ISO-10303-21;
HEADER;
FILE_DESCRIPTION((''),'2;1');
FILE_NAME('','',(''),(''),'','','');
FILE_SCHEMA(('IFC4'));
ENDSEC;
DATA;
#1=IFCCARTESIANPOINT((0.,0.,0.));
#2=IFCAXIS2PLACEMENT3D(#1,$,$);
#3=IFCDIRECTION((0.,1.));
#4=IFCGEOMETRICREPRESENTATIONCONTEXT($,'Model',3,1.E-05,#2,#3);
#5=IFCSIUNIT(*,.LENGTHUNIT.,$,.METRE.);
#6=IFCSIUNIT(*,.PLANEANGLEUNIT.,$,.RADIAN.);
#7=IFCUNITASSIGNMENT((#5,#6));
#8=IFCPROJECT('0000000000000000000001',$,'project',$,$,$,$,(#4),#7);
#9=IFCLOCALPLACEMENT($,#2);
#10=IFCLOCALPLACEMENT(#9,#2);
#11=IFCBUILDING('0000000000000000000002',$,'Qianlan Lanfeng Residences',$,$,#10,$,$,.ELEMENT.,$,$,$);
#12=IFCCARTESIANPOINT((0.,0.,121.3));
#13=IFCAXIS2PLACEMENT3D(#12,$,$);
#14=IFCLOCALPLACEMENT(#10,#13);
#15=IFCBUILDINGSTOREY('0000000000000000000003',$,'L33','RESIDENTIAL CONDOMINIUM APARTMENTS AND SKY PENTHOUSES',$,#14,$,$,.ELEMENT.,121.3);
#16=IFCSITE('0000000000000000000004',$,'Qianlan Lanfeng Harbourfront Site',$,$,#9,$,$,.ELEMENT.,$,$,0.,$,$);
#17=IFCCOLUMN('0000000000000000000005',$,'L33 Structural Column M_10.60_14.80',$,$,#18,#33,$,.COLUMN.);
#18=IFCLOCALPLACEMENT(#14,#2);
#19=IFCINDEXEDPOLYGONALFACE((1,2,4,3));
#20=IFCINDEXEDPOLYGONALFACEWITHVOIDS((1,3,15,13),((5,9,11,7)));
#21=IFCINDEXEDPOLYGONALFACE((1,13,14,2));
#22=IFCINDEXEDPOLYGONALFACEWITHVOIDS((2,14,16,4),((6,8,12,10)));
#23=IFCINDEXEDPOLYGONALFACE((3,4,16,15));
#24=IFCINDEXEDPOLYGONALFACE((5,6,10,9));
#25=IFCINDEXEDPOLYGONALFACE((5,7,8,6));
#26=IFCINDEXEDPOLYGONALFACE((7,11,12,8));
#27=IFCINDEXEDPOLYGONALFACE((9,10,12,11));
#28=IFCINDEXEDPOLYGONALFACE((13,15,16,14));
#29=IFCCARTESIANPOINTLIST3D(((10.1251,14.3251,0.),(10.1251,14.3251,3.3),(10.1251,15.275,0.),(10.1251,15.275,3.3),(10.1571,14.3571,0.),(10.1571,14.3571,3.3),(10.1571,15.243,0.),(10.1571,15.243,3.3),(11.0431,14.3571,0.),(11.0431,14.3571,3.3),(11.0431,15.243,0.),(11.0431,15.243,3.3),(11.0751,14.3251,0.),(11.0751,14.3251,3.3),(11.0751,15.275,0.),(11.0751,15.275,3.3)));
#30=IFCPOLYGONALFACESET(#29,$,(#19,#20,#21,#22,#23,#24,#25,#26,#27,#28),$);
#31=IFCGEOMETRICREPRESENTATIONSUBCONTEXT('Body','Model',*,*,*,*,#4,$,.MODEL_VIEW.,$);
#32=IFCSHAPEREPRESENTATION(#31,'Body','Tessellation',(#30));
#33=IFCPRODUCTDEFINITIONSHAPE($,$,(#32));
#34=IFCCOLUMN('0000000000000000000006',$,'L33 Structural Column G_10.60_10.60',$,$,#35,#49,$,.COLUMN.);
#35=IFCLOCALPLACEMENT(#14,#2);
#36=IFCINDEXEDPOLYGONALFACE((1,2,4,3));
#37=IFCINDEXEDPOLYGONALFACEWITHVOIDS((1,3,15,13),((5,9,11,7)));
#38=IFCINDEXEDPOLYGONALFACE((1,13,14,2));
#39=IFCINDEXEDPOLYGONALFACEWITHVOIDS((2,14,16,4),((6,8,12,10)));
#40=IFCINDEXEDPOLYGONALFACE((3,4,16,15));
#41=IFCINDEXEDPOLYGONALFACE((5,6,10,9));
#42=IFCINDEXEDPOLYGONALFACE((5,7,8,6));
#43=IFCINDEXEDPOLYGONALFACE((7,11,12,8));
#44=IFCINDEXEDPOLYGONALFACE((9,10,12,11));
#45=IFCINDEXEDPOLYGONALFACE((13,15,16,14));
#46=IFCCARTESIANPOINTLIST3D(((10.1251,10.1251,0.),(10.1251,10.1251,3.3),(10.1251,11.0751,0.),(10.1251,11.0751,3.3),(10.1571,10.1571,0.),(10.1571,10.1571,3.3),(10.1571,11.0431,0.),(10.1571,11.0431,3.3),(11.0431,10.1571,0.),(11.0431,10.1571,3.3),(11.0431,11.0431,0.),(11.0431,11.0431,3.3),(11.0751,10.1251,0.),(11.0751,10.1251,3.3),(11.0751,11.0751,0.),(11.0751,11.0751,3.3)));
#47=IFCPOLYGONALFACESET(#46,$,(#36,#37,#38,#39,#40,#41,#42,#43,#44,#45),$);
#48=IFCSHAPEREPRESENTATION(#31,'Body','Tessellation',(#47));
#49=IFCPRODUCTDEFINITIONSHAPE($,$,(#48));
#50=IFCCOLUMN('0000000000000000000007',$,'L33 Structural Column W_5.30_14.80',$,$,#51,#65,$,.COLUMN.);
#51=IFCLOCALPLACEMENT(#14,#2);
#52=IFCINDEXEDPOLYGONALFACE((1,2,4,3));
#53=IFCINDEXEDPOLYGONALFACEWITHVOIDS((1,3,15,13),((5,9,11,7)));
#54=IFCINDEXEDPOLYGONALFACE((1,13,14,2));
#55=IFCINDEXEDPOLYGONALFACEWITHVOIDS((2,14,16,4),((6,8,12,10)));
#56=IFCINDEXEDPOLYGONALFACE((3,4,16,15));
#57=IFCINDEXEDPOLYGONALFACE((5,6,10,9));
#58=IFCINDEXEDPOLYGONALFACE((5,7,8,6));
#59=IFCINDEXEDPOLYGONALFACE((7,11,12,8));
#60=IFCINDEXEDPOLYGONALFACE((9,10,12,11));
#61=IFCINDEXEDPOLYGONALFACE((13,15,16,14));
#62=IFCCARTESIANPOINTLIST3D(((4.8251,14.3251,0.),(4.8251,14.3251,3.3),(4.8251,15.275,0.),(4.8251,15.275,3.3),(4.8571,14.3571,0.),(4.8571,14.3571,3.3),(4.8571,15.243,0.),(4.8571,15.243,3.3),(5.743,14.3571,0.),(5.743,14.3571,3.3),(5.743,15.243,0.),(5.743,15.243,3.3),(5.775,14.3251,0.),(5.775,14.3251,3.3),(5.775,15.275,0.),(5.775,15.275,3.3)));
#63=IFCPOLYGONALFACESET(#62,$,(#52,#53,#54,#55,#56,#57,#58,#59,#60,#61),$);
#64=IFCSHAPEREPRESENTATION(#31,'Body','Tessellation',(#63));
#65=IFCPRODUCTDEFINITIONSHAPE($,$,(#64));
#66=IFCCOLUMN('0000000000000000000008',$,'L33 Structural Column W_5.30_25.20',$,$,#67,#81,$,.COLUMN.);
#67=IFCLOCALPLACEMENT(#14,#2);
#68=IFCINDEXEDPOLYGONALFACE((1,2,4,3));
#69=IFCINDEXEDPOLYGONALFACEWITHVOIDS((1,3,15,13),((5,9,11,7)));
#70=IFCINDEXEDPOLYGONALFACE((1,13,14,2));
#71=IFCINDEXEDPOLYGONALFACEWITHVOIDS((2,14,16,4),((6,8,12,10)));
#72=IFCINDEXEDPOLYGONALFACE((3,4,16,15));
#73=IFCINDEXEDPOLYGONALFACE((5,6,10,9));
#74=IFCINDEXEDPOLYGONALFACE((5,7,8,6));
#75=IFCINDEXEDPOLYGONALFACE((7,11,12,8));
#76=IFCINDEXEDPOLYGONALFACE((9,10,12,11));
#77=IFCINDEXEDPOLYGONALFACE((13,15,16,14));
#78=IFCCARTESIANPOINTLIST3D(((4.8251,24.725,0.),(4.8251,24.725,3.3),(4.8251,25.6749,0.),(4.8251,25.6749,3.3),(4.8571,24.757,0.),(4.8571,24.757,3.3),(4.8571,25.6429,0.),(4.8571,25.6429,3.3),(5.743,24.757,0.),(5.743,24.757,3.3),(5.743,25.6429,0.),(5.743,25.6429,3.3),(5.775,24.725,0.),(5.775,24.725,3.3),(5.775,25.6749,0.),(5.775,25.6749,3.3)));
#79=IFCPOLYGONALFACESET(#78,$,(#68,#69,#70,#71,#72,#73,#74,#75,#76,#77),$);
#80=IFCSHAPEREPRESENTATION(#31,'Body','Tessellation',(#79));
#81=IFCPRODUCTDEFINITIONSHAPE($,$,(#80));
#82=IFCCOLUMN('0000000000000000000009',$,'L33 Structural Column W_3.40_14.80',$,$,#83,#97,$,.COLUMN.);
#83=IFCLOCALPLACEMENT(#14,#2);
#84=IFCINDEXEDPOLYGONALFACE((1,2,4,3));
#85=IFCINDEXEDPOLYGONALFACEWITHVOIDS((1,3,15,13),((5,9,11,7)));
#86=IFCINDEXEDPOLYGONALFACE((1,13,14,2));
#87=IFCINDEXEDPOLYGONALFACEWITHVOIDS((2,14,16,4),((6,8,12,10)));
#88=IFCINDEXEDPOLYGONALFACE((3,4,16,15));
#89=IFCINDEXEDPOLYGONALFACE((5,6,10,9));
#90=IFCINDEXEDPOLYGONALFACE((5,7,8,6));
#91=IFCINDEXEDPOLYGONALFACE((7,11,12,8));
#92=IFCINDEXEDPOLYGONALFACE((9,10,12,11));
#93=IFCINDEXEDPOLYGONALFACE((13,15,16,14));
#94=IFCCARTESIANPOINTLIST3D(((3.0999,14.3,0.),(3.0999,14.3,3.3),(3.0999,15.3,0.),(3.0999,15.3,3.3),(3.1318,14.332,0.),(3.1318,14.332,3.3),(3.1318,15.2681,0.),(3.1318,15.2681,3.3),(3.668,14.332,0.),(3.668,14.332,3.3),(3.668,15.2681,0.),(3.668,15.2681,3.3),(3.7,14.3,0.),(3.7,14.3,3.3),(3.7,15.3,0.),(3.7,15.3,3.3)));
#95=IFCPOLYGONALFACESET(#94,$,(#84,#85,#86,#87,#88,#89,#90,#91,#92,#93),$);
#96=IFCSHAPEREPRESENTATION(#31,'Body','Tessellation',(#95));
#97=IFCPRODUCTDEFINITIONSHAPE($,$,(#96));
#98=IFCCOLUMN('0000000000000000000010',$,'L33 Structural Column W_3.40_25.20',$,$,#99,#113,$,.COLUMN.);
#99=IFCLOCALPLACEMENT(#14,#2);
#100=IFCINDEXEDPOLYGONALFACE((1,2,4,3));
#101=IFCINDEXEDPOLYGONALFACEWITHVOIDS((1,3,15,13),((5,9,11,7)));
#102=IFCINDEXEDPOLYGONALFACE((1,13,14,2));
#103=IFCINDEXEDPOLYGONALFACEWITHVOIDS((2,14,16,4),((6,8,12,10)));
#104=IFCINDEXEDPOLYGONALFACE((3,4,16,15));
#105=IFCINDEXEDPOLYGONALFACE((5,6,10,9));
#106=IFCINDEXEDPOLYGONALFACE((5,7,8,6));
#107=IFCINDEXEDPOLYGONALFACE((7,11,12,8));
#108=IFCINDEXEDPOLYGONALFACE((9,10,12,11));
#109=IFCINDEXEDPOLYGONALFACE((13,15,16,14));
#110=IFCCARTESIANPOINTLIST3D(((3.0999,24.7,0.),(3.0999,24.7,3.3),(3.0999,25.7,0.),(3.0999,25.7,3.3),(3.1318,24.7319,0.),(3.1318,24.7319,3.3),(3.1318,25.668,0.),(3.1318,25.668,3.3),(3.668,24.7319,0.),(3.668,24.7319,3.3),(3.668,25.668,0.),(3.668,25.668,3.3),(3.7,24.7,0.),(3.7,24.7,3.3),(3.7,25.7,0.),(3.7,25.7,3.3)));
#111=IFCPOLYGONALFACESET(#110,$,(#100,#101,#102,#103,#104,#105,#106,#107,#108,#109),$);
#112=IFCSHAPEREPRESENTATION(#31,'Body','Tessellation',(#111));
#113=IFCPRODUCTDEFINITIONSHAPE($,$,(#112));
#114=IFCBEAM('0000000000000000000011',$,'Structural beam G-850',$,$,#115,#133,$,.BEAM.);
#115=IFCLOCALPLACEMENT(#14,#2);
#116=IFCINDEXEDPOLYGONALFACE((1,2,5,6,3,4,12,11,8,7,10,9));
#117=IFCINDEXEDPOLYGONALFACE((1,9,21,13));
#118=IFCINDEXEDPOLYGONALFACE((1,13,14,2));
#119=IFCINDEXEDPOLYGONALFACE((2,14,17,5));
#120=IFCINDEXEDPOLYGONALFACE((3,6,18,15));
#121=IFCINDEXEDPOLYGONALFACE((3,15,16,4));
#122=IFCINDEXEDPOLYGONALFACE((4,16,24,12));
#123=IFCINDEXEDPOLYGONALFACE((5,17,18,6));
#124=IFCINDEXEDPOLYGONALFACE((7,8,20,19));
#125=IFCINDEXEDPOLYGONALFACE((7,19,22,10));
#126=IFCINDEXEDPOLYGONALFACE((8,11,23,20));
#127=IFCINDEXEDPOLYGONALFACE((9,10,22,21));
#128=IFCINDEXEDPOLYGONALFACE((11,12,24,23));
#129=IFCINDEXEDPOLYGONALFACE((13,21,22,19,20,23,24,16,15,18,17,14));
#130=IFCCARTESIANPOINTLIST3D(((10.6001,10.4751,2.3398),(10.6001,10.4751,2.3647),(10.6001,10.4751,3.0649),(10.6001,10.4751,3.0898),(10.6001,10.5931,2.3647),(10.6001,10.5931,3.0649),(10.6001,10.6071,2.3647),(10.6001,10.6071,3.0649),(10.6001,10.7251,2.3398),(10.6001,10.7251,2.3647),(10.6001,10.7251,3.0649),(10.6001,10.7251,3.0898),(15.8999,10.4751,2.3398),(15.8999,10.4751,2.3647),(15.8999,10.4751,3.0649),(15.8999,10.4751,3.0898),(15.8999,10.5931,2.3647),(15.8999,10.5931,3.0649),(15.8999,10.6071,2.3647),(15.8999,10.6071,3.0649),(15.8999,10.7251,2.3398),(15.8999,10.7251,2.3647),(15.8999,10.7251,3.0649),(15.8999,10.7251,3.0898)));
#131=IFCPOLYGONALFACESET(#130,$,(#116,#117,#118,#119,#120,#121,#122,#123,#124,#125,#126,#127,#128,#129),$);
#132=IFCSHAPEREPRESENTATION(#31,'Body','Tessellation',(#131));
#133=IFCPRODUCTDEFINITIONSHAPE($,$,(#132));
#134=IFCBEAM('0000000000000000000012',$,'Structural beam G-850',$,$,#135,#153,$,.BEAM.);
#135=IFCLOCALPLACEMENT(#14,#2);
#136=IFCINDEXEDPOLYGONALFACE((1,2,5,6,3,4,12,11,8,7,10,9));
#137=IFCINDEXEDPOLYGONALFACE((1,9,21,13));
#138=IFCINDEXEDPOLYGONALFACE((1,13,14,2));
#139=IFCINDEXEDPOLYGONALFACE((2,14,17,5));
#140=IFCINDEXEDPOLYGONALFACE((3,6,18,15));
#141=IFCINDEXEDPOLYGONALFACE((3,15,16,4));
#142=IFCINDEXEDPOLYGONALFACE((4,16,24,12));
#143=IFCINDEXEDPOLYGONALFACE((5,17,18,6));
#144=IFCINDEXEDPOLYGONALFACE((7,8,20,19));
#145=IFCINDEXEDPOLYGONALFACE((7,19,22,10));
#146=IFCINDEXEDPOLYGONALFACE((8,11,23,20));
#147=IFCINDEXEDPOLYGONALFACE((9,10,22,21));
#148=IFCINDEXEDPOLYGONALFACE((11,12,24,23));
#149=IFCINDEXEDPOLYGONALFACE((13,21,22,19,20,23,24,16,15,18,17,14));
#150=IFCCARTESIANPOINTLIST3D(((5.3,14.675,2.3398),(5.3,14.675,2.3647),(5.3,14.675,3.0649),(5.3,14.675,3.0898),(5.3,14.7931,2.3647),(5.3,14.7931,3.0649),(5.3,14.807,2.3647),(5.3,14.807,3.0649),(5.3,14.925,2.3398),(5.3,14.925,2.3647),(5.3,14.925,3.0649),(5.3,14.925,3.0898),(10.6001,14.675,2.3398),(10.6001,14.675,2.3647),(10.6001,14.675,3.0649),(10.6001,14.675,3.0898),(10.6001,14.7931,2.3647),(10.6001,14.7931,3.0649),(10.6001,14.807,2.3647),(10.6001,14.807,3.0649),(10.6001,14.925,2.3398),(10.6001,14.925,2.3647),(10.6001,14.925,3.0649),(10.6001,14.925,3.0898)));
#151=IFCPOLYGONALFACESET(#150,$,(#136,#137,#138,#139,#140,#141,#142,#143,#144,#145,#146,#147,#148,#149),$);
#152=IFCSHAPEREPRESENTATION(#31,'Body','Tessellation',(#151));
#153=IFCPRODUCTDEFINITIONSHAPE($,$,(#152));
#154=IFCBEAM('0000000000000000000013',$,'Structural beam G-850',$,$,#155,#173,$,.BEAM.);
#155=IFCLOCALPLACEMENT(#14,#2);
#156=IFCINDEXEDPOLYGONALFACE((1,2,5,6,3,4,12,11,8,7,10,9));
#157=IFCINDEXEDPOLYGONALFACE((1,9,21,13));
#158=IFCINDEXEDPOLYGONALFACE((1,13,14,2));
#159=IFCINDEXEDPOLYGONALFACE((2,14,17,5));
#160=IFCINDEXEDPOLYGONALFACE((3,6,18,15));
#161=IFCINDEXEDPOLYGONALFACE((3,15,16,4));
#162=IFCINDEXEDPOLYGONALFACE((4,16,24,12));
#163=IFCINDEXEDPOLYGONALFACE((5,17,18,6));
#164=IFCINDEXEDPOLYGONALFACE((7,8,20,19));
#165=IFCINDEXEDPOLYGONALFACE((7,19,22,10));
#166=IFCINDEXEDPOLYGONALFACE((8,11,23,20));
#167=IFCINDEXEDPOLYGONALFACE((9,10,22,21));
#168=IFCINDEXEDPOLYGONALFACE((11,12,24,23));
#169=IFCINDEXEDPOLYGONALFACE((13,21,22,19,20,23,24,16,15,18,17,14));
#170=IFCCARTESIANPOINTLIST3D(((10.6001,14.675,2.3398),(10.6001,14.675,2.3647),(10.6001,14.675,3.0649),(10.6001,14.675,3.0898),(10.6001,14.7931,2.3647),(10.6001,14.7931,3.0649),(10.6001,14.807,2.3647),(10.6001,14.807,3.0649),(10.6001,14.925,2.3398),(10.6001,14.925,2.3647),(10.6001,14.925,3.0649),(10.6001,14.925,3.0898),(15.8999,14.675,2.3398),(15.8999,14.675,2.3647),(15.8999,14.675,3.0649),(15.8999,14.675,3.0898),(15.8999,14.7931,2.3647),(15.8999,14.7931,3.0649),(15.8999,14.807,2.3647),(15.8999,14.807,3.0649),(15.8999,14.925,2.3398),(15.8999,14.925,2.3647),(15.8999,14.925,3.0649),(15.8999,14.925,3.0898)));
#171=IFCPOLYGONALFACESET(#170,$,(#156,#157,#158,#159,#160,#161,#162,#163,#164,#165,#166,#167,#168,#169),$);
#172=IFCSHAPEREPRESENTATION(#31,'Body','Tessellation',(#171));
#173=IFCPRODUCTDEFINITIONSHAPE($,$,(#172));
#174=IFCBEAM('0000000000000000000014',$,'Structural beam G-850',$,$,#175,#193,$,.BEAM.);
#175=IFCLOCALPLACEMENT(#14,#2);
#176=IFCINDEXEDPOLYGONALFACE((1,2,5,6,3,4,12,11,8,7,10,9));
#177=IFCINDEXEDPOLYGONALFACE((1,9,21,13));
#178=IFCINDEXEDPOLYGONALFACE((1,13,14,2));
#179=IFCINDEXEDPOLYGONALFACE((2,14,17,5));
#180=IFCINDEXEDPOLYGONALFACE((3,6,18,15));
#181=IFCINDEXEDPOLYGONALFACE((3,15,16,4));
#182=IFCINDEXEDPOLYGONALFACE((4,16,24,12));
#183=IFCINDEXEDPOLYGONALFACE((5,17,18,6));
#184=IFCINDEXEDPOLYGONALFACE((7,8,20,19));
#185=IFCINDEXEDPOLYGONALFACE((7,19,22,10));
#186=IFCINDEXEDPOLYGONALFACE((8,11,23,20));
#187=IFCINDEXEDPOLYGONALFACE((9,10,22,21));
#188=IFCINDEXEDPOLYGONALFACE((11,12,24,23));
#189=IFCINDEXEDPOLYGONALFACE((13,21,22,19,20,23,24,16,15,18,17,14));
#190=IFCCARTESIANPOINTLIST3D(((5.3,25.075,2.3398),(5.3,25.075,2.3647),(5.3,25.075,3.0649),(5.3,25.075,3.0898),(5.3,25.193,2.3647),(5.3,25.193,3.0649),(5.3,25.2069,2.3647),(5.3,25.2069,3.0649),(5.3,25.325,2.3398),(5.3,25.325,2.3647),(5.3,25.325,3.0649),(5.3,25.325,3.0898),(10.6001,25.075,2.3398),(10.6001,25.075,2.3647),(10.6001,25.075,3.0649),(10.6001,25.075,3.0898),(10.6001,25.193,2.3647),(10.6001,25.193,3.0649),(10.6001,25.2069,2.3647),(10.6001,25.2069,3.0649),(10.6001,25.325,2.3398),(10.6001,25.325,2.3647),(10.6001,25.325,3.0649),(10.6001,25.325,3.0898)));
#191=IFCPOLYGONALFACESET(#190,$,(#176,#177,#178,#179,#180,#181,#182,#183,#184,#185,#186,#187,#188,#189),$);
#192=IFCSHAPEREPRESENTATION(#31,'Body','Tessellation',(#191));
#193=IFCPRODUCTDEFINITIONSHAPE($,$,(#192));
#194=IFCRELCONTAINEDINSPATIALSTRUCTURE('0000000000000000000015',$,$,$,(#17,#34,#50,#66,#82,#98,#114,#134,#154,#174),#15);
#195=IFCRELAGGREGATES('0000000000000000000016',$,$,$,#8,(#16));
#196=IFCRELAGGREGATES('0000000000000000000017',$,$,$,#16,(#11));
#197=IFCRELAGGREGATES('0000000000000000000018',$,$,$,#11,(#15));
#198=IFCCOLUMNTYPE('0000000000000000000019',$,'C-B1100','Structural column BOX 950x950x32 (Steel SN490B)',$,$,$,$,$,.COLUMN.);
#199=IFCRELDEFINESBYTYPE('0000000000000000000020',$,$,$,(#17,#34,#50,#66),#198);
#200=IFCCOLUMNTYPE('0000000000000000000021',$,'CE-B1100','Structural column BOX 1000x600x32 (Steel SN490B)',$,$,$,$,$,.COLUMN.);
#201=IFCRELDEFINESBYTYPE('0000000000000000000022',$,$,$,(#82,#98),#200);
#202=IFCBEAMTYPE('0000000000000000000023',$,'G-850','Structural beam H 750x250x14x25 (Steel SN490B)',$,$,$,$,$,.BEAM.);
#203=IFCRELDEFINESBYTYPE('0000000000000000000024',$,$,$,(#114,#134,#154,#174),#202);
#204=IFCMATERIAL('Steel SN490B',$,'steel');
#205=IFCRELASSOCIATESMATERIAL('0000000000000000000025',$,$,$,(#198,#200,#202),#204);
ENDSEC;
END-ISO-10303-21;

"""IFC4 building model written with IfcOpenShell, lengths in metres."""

from ifc_helpers import new_model, si_unit, direction, frame, origin, origin_2d, place, context, subcontext, project, spatial, hollow_rectangle, i_section, extrude, material, material_profile, profile_set, type_object, element, save


model = new_model("IFC4")

# Units and contexts
model_context = context("Model", 3, precision=1e-05, world=origin(), true_north=direction((0.0, 1.0)))
body_context = subcontext(model_context, "Body", "Model", "MODEL_VIEW")
ifc_project = project(units=[si_unit("LENGTHUNIT", "METRE"), si_unit("PLANEANGLEUNIT", "RADIAN")], contexts=[model_context])

# Site, building, storey
site_placement = place(None, origin())
site = spatial("IfcSite", under=ifc_project, at=site_placement, Name="Qianlan Lanfeng Harbourfront Site", CompositionType="ELEMENT", RefElevation=0.0)
building_placement = place(site_placement, origin())
building = spatial("IfcBuilding", under=site, at=building_placement, Name="Qianlan Lanfeng Residences", CompositionType="ELEMENT")
storey_placement = place(building_placement, frame((0.0, 0.0, 121.3)))
storey = spatial("IfcBuildingStorey", under=building, at=storey_placement, Name="L33", Description="RESIDENTIAL CONDOMINIUM APARTMENTS AND SKY PENTHOUSES", CompositionType="ELEMENT", Elevation=121.3)

# Columns
ifc_material_1 = material(Name="Steel SN490B", Category="steel")
ifc_material_profile_1 = material_profile(ifc_material_1, hollow_rectangle(XDim=0.95, YDim=0.95, WallThickness=0.032, at=origin_2d()), Name="BOX 950x950x32")
ifc_profile_set_1 = profile_set([ifc_material_profile_1], Name="Steel SN490B")
column_type_1 = type_object("IfcColumnType", Name="C-B1100", Description="Structural column BOX 950x950x32 (Steel SN490B)", PredefinedType="COLUMN", material=ifc_profile_set_1)
for number, where, z_axis, x_axis, name in (
    (1, (10.6001, 14.8, 0.0), (0.0, 0.0, 1.0), (1.0, 0.0, 0.0), "L33 Structural Column M_10.60_14.80"),
    (2, (10.6001, 10.6001, 0.0), (0.0, 0.0, 1.0), (1.0, 0.0, 0.0), "L33 Structural Column G_10.60_10.60"),
    (3, (5.3, 14.8, 0.0), (0.0, 0.0, 1.0), (1.0, 0.0, 0.0), "L33 Structural Column W_5.30_14.80"),
    (4, (5.3, 25.2, 0.0), (0.0, 0.0, 1.0), (1.0, 0.0, 0.0), "L33 Structural Column W_5.30_25.20"),
):
    element("IfcColumn", number, at=place(storey_placement, frame(where, z_axis=z_axis, x_axis=x_axis)), inside=storey, type_object=column_type_1, Name=name, PredefinedType="COLUMN", context=body_context, shape_type="SweptSolid", body=[
        extrude(hollow_rectangle(XDim=0.95, YDim=0.95, WallThickness=0.032, at=origin_2d()), origin(), (0.0, 0.0, 1.0), 3.3),
    ])
ifc_material_profile_2 = material_profile(ifc_material_1, hollow_rectangle(XDim=0.6001, YDim=1.0, WallThickness=0.032, at=origin_2d()), Name="BOX 1000x600x32")
ifc_profile_set_2 = profile_set([ifc_material_profile_2], Name="Steel SN490B")
column_type_2 = type_object("IfcColumnType", Name="CE-B1100", Description="Structural column BOX 1000x600x32 (Steel SN490B)", PredefinedType="COLUMN", material=ifc_profile_set_2)
for number, where, z_axis, x_axis, name in (
    (5, (3.3999, 14.8, 0.0), (0.0, 0.0, 1.0), (1.0, 0.0, 0.0), "L33 Structural Column W_3.40_14.80"),
    (6, (3.3999, 25.2, 0.0), (0.0, 0.0, 1.0), (1.0, 0.0, 0.0), "L33 Structural Column W_3.40_25.20"),
):
    element("IfcColumn", number, at=place(storey_placement, frame(where, z_axis=z_axis, x_axis=x_axis)), inside=storey, type_object=column_type_2, Name=name, PredefinedType="COLUMN", context=body_context, shape_type="SweptSolid", body=[
        extrude(hollow_rectangle(XDim=0.6001, YDim=1.0, WallThickness=0.032, at=origin_2d()), origin(), (0.0, 0.0, 1.0), 3.3),
    ])

# Beams
ifc_material_profile_3 = material_profile(ifc_material_1, i_section(OverallWidth=0.25, OverallDepth=0.75, WebThickness=0.0139, FlangeThickness=0.0249, at=origin_2d()), Name="H 750x250x14x25")
ifc_profile_set_3 = profile_set([ifc_material_profile_3], Name="Steel SN490B")
beam_type_1 = type_object("IfcBeamType", Name="G-850", Description="Structural beam H 750x250x14x25 (Steel SN490B)", PredefinedType="BEAM", material=ifc_profile_set_3)
beam_1_placement = place(storey_placement, frame((10.6001, 10.6001, 2.7148), z_axis=(1.0, 0.0, 0.0), x_axis=(0.0, 1.0, 0.0)))
element("IfcBeam", 7, at=beam_1_placement, inside=storey, type_object=beam_type_1, Name="Structural beam G-850", PredefinedType="BEAM", context=body_context, shape_type="SweptSolid", body=[
    extrude(i_section(OverallWidth=0.25, OverallDepth=0.75, WebThickness=0.0139, FlangeThickness=0.0249, at=origin_2d()), origin(), (0.0, 0.0, 1.0), 5.2998),
])
beam_2_placement = place(storey_placement, frame((5.3, 14.8, 2.7148), z_axis=(1.0, 0.0, 0.0), x_axis=(0.0, 1.0, 0.0)))
element("IfcBeam", 8, at=beam_2_placement, inside=storey, type_object=beam_type_1, Name="Structural beam G-850", PredefinedType="BEAM", context=body_context, shape_type="SweptSolid", body=[
    extrude(i_section(OverallWidth=0.25, OverallDepth=0.75, WebThickness=0.0139, FlangeThickness=0.0249, at=origin_2d()), origin(), (0.0, 0.0, 1.0), 5.3),
])
beam_3_placement = place(storey_placement, frame((10.6001, 14.8, 2.7148), z_axis=(1.0, 0.0, 0.0), x_axis=(0.0, 1.0, 0.0)))
element("IfcBeam", 9, at=beam_3_placement, inside=storey, type_object=beam_type_1, Name="Structural beam G-850", PredefinedType="BEAM", context=body_context, shape_type="SweptSolid", body=[
    extrude(i_section(OverallWidth=0.25, OverallDepth=0.75, WebThickness=0.0139, FlangeThickness=0.0249, at=origin_2d()), origin(), (0.0, 0.0, 1.0), 5.2998),
])
beam_4_placement = place(storey_placement, frame((5.3, 25.2, 2.7148), z_axis=(1.0, 0.0, 0.0), x_axis=(0.0, 1.0, 0.0)))
element("IfcBeam", 10, at=beam_4_placement, inside=storey, type_object=beam_type_1, Name="Structural beam G-850", PredefinedType="BEAM", context=body_context, shape_type="SweptSolid", body=[
    extrude(i_section(OverallWidth=0.25, OverallDepth=0.75, WebThickness=0.0139, FlangeThickness=0.0249, at=origin_2d()), origin(), (0.0, 0.0, 1.0), 5.3),
])

save(model, "model.ifc")
